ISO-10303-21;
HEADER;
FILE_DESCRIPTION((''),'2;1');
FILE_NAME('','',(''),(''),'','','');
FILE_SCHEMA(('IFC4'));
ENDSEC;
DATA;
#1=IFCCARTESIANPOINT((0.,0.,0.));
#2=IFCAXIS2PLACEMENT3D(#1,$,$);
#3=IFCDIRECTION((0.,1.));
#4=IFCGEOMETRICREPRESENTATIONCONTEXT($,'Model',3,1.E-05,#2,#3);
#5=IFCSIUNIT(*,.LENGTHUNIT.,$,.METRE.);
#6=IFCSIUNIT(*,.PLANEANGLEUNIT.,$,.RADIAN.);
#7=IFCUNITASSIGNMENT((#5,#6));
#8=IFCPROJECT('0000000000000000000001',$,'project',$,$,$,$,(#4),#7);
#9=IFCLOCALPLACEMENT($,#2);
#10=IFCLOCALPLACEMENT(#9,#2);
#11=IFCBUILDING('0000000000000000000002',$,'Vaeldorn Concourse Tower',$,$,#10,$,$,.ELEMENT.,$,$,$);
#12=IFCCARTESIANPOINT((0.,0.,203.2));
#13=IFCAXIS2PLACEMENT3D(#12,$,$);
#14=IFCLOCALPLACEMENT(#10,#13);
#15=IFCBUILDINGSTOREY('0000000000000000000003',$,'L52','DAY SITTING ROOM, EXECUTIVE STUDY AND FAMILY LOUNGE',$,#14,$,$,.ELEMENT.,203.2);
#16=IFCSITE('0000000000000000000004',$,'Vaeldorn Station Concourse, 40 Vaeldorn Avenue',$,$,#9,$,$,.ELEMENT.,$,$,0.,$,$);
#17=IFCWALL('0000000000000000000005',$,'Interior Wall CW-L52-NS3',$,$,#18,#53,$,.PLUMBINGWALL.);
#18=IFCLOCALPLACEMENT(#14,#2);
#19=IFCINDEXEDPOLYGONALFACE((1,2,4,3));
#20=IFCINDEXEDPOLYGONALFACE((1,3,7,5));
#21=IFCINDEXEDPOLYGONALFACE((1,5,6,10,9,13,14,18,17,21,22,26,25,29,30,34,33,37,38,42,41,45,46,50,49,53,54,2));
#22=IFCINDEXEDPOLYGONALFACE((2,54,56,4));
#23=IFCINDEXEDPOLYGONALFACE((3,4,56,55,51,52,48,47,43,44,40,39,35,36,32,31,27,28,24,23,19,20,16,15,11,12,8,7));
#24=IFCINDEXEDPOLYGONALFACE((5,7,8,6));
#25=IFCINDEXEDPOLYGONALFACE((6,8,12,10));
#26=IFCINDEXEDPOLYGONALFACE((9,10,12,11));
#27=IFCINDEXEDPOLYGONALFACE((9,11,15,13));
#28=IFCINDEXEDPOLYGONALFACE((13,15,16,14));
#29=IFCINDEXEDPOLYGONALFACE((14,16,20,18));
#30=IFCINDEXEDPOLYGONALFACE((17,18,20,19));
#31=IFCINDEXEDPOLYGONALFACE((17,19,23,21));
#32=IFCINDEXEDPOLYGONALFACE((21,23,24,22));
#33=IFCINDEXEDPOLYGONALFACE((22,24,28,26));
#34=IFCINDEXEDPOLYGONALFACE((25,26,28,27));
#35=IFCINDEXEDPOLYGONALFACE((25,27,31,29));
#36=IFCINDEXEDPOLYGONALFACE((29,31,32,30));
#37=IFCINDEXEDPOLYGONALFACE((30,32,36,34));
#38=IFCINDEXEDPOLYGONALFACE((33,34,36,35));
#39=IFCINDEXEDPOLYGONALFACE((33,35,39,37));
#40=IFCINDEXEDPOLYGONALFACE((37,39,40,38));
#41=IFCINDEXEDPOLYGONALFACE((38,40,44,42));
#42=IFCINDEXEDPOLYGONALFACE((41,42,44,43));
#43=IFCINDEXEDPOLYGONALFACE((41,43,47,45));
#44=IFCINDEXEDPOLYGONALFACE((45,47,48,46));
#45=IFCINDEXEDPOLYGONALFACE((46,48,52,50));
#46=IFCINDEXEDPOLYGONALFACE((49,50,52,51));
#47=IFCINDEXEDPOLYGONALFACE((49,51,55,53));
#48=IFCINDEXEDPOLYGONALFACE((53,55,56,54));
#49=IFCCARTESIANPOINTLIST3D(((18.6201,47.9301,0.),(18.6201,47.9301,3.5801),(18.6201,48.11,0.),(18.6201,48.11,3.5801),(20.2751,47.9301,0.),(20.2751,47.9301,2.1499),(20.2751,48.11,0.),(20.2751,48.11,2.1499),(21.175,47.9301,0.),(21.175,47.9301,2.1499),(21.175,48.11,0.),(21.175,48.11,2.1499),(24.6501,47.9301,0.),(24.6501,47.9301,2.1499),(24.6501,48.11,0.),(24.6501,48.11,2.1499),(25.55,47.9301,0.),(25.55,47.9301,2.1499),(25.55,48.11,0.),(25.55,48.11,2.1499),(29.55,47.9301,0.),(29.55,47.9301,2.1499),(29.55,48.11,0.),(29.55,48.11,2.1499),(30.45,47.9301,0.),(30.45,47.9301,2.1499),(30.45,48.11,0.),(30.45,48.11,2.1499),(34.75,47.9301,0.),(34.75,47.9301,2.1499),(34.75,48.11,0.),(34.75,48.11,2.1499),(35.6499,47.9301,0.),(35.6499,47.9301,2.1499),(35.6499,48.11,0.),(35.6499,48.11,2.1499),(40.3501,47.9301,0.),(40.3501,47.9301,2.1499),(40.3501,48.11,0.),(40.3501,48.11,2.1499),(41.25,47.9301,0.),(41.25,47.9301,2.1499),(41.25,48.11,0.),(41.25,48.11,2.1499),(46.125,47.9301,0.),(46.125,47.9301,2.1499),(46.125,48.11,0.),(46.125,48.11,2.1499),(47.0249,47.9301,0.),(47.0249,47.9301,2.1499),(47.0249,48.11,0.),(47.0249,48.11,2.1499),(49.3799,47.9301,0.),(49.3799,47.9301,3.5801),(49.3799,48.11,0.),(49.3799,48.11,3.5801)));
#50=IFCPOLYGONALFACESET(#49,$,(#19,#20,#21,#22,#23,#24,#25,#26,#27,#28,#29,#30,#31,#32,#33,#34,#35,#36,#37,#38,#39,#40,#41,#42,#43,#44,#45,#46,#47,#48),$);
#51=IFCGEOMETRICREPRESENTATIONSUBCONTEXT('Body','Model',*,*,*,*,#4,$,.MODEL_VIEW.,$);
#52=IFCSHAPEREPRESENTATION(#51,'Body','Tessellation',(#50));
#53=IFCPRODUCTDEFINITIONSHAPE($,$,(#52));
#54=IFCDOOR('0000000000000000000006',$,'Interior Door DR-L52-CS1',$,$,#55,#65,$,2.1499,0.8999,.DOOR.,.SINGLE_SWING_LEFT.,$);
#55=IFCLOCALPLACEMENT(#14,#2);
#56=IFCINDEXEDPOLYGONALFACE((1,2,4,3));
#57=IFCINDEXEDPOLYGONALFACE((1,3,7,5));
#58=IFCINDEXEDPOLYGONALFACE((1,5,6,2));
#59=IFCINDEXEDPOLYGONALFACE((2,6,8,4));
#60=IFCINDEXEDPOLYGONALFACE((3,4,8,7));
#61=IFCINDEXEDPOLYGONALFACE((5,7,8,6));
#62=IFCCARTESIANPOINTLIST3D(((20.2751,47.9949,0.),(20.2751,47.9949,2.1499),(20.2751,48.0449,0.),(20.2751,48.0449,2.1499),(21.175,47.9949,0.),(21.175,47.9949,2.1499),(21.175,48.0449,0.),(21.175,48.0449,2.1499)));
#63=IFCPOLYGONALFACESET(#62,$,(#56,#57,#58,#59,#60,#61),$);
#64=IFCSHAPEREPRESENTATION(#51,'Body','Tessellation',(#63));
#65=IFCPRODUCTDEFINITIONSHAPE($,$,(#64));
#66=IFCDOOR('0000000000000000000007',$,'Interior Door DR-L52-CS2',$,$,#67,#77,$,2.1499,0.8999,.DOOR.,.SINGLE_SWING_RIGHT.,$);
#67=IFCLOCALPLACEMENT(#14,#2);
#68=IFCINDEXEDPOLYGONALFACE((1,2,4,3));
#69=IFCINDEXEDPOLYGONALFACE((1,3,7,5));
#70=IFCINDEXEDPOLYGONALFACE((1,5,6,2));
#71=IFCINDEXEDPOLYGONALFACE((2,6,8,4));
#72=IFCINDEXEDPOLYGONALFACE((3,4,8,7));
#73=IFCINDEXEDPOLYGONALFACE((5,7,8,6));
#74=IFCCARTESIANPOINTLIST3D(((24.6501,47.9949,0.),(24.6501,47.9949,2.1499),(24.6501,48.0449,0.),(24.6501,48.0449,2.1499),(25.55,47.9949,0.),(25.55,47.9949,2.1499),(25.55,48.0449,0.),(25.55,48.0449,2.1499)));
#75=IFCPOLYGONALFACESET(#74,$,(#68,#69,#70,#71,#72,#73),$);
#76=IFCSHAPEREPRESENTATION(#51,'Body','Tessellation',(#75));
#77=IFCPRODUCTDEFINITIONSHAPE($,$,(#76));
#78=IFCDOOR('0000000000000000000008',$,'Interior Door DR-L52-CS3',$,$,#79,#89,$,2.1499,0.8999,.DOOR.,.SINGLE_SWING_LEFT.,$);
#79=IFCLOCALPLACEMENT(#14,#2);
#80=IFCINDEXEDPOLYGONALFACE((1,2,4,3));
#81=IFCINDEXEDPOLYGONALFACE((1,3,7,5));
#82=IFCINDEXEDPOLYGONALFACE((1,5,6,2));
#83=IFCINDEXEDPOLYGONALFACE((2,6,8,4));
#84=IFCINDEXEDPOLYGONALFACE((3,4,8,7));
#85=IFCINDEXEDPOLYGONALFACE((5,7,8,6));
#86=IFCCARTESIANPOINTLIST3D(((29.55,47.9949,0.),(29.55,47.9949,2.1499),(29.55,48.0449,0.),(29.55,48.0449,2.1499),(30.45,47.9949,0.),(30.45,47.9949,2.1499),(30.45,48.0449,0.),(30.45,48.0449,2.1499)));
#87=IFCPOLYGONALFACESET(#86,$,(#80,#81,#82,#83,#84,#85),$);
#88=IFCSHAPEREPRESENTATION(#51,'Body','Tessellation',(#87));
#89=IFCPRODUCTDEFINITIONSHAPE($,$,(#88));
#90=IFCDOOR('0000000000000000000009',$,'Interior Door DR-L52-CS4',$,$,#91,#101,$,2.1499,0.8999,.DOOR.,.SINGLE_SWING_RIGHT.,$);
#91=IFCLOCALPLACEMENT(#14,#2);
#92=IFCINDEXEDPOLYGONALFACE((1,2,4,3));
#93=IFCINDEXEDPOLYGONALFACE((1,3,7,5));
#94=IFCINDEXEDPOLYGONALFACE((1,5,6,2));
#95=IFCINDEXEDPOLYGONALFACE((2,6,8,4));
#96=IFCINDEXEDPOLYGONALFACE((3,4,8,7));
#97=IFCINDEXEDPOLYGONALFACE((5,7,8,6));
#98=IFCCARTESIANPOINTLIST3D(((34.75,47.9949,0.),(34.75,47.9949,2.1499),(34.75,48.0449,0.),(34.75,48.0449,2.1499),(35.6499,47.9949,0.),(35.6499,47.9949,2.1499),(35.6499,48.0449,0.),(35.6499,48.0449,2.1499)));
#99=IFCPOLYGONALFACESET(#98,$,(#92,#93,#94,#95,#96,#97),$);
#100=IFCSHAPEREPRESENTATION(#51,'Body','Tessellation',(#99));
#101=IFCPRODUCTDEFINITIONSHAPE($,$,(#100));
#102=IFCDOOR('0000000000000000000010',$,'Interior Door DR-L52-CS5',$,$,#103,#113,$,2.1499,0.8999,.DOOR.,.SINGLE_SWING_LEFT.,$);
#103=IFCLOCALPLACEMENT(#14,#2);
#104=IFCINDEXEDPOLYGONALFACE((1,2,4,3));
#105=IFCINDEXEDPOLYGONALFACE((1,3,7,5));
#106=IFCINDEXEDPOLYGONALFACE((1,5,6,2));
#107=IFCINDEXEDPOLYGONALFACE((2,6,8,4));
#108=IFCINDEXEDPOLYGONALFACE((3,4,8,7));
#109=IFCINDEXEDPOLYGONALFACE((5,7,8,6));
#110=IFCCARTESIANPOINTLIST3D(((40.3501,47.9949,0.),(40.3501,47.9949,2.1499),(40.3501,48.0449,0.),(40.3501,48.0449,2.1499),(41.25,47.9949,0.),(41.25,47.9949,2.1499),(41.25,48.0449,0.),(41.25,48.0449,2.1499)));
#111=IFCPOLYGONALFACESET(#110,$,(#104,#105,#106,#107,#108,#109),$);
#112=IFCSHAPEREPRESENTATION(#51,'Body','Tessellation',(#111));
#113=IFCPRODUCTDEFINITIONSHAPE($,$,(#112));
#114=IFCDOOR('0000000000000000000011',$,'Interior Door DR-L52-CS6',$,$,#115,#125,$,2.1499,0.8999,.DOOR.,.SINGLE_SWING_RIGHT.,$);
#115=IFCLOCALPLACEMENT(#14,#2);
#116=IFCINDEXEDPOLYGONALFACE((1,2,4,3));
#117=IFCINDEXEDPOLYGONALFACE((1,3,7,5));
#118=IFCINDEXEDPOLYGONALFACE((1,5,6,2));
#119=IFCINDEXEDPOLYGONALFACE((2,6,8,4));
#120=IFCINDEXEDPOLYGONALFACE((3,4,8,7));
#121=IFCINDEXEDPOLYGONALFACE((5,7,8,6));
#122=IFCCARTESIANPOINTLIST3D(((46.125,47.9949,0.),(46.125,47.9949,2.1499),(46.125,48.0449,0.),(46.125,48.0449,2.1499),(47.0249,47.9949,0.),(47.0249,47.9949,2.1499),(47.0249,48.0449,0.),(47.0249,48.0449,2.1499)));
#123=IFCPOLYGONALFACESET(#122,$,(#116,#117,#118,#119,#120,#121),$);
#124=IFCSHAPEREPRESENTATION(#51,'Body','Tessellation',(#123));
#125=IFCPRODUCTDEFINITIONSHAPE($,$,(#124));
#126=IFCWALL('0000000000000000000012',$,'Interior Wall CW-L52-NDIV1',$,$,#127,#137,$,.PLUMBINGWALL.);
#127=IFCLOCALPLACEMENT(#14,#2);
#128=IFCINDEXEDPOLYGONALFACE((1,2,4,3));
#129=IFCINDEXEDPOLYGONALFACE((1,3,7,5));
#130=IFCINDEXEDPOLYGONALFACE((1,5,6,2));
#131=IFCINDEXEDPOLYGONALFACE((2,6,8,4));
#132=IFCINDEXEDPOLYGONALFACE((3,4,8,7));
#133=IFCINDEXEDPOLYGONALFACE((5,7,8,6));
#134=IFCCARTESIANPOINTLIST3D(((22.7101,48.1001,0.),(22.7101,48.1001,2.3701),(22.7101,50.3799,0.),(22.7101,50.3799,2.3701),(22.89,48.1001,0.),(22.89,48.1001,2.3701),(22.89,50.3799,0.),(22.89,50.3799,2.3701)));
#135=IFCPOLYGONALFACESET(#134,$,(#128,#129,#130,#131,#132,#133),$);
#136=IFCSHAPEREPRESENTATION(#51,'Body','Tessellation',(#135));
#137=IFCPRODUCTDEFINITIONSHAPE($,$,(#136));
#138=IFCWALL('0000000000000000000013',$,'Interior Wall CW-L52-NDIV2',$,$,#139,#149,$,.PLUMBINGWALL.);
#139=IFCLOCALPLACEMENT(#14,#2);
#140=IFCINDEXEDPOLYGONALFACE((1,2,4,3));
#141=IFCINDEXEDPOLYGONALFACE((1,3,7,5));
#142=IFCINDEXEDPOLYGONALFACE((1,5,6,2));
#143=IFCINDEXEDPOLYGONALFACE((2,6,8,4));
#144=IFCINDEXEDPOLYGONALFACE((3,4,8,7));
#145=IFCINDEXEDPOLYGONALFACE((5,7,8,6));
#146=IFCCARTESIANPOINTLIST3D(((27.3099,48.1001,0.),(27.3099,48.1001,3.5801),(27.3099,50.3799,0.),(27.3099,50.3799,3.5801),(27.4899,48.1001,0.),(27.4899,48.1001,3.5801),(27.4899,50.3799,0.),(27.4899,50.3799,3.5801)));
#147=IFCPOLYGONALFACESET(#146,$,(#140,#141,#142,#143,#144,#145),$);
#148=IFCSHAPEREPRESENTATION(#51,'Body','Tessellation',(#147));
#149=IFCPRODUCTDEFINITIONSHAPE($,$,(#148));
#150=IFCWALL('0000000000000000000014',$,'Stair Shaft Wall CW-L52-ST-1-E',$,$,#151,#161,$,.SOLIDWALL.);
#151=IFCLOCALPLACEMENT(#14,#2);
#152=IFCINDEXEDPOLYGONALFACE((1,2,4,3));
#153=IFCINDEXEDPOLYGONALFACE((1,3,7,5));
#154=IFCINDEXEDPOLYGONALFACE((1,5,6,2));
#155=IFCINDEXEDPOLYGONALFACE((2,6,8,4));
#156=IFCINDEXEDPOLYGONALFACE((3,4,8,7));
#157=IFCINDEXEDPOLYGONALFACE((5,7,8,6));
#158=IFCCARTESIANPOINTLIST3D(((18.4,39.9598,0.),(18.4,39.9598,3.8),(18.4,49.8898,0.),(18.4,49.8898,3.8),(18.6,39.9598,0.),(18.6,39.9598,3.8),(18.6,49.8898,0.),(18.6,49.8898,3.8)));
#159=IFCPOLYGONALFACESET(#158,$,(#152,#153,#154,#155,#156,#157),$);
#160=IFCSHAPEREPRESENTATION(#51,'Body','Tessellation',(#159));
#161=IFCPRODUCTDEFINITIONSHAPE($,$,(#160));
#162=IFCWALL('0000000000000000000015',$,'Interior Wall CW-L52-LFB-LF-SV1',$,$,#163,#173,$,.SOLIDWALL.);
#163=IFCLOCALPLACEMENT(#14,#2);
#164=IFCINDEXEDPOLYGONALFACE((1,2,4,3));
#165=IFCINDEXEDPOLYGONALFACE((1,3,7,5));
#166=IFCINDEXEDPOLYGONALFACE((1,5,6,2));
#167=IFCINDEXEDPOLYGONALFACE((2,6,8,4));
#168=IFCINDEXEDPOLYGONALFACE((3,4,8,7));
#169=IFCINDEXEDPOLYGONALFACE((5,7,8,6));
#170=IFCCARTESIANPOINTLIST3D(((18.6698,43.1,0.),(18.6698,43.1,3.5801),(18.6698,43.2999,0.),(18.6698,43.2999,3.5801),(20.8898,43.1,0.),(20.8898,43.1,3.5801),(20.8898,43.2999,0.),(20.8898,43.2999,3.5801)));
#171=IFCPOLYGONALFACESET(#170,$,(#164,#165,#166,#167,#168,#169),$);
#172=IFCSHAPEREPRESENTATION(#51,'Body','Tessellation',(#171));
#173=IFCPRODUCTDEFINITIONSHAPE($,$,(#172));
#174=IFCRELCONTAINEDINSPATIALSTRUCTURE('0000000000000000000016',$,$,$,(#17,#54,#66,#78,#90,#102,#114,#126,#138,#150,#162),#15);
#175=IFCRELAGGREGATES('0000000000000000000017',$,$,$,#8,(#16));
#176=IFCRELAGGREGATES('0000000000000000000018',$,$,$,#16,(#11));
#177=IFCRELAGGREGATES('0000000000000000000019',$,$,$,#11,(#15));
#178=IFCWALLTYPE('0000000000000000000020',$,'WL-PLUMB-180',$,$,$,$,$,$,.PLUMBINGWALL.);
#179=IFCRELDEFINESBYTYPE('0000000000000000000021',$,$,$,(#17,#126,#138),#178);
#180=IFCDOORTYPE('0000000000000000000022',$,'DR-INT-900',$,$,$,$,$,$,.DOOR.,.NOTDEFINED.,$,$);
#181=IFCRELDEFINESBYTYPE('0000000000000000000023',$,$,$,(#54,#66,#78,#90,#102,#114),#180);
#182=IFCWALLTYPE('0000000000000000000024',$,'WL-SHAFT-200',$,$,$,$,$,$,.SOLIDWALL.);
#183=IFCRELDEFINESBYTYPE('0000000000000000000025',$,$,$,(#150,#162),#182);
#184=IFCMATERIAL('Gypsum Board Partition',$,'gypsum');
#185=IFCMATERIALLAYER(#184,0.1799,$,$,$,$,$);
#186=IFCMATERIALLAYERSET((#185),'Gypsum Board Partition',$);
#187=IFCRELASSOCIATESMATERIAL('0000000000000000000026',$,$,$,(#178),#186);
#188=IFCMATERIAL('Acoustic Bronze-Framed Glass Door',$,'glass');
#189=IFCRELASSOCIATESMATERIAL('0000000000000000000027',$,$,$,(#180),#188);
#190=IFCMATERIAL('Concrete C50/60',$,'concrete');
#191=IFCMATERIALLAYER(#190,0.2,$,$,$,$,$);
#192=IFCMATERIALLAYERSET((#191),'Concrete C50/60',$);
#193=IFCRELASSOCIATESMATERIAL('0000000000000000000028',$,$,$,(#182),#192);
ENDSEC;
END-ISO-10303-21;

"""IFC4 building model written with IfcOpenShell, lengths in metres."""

from ifc_helpers import new_model, si_unit, direction, frame, frame_2d, origin, place, context, subcontext, project, spatial, rectangle, extrude, source, transform, mapped, material, layer, layer_set, type_object, element, fill, save


model = new_model("IFC4")

# Units and contexts
model_context = context("Model", 3, precision=1e-05, world=origin(), true_north=direction((0.0, 1.0)))
body_context = subcontext(model_context, "Body", "Model", "MODEL_VIEW")
ifc_project = project(units=[si_unit("LENGTHUNIT", "METRE"), si_unit("PLANEANGLEUNIT", "RADIAN")], contexts=[model_context])

# Site, building, storey
site_placement = place(None, origin())
site = spatial("IfcSite", under=ifc_project, at=site_placement, Name="Vaeldorn Station Concourse, 40 Vaeldorn Avenue", CompositionType="ELEMENT", RefElevation=0.0)
building_placement = place(site_placement, origin())
building = spatial("IfcBuilding", under=site, at=building_placement, Name="Vaeldorn Concourse Tower", CompositionType="ELEMENT")
storey_placement = place(building_placement, frame((0.0, 0.0, 203.2)))
storey = spatial("IfcBuildingStorey", under=building, at=storey_placement, Name="L52", Description="DAY SITTING ROOM, EXECUTIVE STUDY AND FAMILY LOUNGE", CompositionType="ELEMENT", Elevation=203.2)

# Shared definitions
ifc_material_1 = material(Name="Gypsum Board Partition", Category="gypsum")

# Wall, openings, doors
ifc_layer_1 = layer(ifc_material_1, 0.1799)
ifc_layer_set_1 = layer_set([ifc_layer_1], Name="Gypsum Board Partition")
wall_type_1 = type_object("IfcWallType", Name="WL-PLUMB-180", PredefinedType="PLUMBINGWALL", material=ifc_layer_set_1)
wall_1_placement = place(storey_placement, frame((18.6201, 48.02, 0.0), z_axis=(0.0, 0.0, 1.0), x_axis=(1.0, 0.0, 0.0)))
wall_1 = element("IfcWall", 1, at=wall_1_placement, inside=storey, type_object=wall_type_1, Name="Interior Wall CW-L52-NS3", PredefinedType="PLUMBINGWALL", context=body_context, shape_type="SweptSolid", body=[
    extrude(rectangle(XDim=30.7598, YDim=0.1799, at=frame_2d((15.3799, 0.0))), origin(), (0.0, 0.0, 1.0), 3.5801),
])
opening_1_placement = place(wall_1_placement, frame((1.655, 0.0, 0.0)))
opening_1 = element("IfcOpeningElement", 2, at=opening_1_placement, cuts=wall_1, PredefinedType="OPENING", context=body_context, shape_type="SweptSolid", body=[
    extrude(rectangle(XDim=0.8999, YDim=2.1499, at=frame_2d((0.45, 1.075))), frame((0.0, 0.1001, 0.0), z_axis=(0.0, -1.0, 0.0), x_axis=(1.0, 0.0, 0.0)), (0.0, 0.0, 1.0), 0.2),
])
opening_2_placement = place(wall_1_placement, frame((6.03, 0.0, 0.0)))
opening_2 = element("IfcOpeningElement", 3, at=opening_2_placement, cuts=wall_1, PredefinedType="OPENING", context=body_context, shape_type="SweptSolid", body=[
    extrude(rectangle(XDim=0.8999, YDim=2.1499, at=frame_2d((0.45, 1.075))), frame((0.0, 0.1001, 0.0), z_axis=(0.0, -1.0, 0.0), x_axis=(1.0, 0.0, 0.0)), (0.0, 0.0, 1.0), 0.2),
])
opening_3_placement = place(wall_1_placement, frame((10.9299, 0.0, 0.0)))
opening_3 = element("IfcOpeningElement", 4, at=opening_3_placement, cuts=wall_1, PredefinedType="OPENING", context=body_context, shape_type="SweptSolid", body=[
    extrude(rectangle(XDim=0.8999, YDim=2.1499, at=frame_2d((0.45, 1.075))), frame((0.0, 0.1001, 0.0), z_axis=(0.0, -1.0, 0.0), x_axis=(1.0, 0.0, 0.0)), (0.0, 0.0, 1.0), 0.2),
])
opening_4_placement = place(wall_1_placement, frame((16.1299, 0.0, 0.0)))
opening_4 = element("IfcOpeningElement", 5, at=opening_4_placement, cuts=wall_1, PredefinedType="OPENING", context=body_context, shape_type="SweptSolid", body=[
    extrude(rectangle(XDim=0.8999, YDim=2.1499, at=frame_2d((0.45, 1.075))), frame((0.0, 0.1001, 0.0), z_axis=(0.0, -1.0, 0.0), x_axis=(1.0, 0.0, 0.0)), (0.0, 0.0, 1.0), 0.2),
])
opening_5_placement = place(wall_1_placement, frame((21.73, 0.0, 0.0)))
opening_5 = element("IfcOpeningElement", 6, at=opening_5_placement, cuts=wall_1, PredefinedType="OPENING", context=body_context, shape_type="SweptSolid", body=[
    extrude(rectangle(XDim=0.8999, YDim=2.1499, at=frame_2d((0.45, 1.075))), frame((0.0, 0.1001, 0.0), z_axis=(0.0, -1.0, 0.0), x_axis=(1.0, 0.0, 0.0)), (0.0, 0.0, 1.0), 0.2),
])
opening_6_placement = place(wall_1_placement, frame((27.5049, 0.0, 0.0)))
opening_6 = element("IfcOpeningElement", 7, at=opening_6_placement, cuts=wall_1, PredefinedType="OPENING", context=body_context, shape_type="SweptSolid", body=[
    extrude(rectangle(XDim=0.8999, YDim=2.1499, at=frame_2d((0.45, 1.075))), frame((0.0, 0.1001, 0.0), z_axis=(0.0, -1.0, 0.0), x_axis=(1.0, 0.0, 0.0)), (0.0, 0.0, 1.0), 0.2),
])
ifc_material_2 = material(Name="Acoustic Bronze-Framed Glass Door", Category="glass")
door_type_1 = type_object("IfcDoorType", Name="DR-INT-900", OperationType="NOTDEFINED", PredefinedType="DOOR", material=ifc_material_2)
shared_shape_1 = source(origin(), body_context, "Body", "SweptSolid", [
    extrude(rectangle(XDim=0.8999, YDim=2.1499, at=frame_2d((0.45, 1.075))), frame((0.0, 0.0249, 0.0), z_axis=(0.0, -1.0, 0.0), x_axis=(1.0, 0.0, 0.0)), (0.0, 0.0, 1.0), 0.05),
])
door_1_placement = place(opening_1_placement, origin())
door_1 = element("IfcDoor", 8, at=door_1_placement, inside=storey, type_object=door_type_1, Name="Interior Door DR-L52-CS1", OperationType="SINGLE_SWING_LEFT", OverallHeight=2.1499, OverallWidth=0.8999, PredefinedType="DOOR", context=body_context, shape_type="MappedRepresentation", body=[
    mapped(shared_shape_1, transform((0.0, 0.0, 0.0), scale=1.0)),
])
fill(opening_1, door_1)
door_2_placement = place(opening_2_placement, origin())
door_2 = element("IfcDoor", 9, at=door_2_placement, inside=storey, type_object=door_type_1, Name="Interior Door DR-L52-CS2", OperationType="SINGLE_SWING_RIGHT", OverallHeight=2.1499, OverallWidth=0.8999, PredefinedType="DOOR", context=body_context, shape_type="MappedRepresentation", body=[
    mapped(shared_shape_1, transform((0.0, 0.0, 0.0), scale=1.0)),
])
fill(opening_2, door_2)
door_3_placement = place(opening_3_placement, origin())
door_3 = element("IfcDoor", 10, at=door_3_placement, inside=storey, type_object=door_type_1, Name="Interior Door DR-L52-CS3", OperationType="SINGLE_SWING_LEFT", OverallHeight=2.1499, OverallWidth=0.8999, PredefinedType="DOOR", context=body_context, shape_type="MappedRepresentation", body=[
    mapped(shared_shape_1, transform((0.0, 0.0, 0.0), scale=1.0)),
])
fill(opening_3, door_3)
door_4_placement = place(opening_4_placement, origin())
door_4 = element("IfcDoor", 11, at=door_4_placement, inside=storey, type_object=door_type_1, Name="Interior Door DR-L52-CS4", OperationType="SINGLE_SWING_RIGHT", OverallHeight=2.1499, OverallWidth=0.8999, PredefinedType="DOOR", context=body_context, shape_type="MappedRepresentation", body=[
    mapped(shared_shape_1, transform((0.0, 0.0, 0.0), scale=1.0)),
])
fill(opening_4, door_4)
door_5_placement = place(opening_5_placement, origin())
door_5 = element("IfcDoor", 12, at=door_5_placement, inside=storey, type_object=door_type_1, Name="Interior Door DR-L52-CS5", OperationType="SINGLE_SWING_LEFT", OverallHeight=2.1499, OverallWidth=0.8999, PredefinedType="DOOR", context=body_context, shape_type="MappedRepresentation", body=[
    mapped(shared_shape_1, transform((0.0, 0.0, 0.0), scale=1.0)),
])
fill(opening_5, door_5)
door_6_placement = place(opening_6_placement, origin())
door_6 = element("IfcDoor", 13, at=door_6_placement, inside=storey, type_object=door_type_1, Name="Interior Door DR-L52-CS6", OperationType="SINGLE_SWING_RIGHT", OverallHeight=2.1499, OverallWidth=0.8999, PredefinedType="DOOR", context=body_context, shape_type="MappedRepresentation", body=[
    mapped(shared_shape_1, transform((0.0, 0.0, 0.0), scale=1.0)),
])
fill(opening_6, door_6)

# Walls
wall_2_placement = place(storey_placement, frame((22.8, 48.1001, 0.0), z_axis=(0.0, 0.0, 1.0), x_axis=(0.0, 1.0, 0.0)))
element("IfcWall", 14, at=wall_2_placement, inside=storey, type_object=wall_type_1, Name="Interior Wall CW-L52-NDIV1", PredefinedType="PLUMBINGWALL", context=body_context, shape_type="SweptSolid", body=[
    extrude(rectangle(XDim=2.2798, YDim=0.1799, at=frame_2d((1.1399, 0.0))), origin(), (0.0, 0.0, 1.0), 2.3701),
])
wall_3_placement = place(storey_placement, frame((27.3999, 48.1001, 0.0), z_axis=(0.0, 0.0, 1.0), x_axis=(0.0, 1.0, 0.0)))
element("IfcWall", 15, at=wall_3_placement, inside=storey, type_object=wall_type_1, Name="Interior Wall CW-L52-NDIV2", PredefinedType="PLUMBINGWALL", context=body_context, shape_type="SweptSolid", body=[
    extrude(rectangle(XDim=2.2798, YDim=0.1799, at=frame_2d((1.1399, 0.0))), origin(), (0.0, 0.0, 1.0), 3.5801),
])
ifc_material_3 = material(Name="Concrete C50/60", Category="concrete")
ifc_layer_2 = layer(ifc_material_3, 0.2)
ifc_layer_set_2 = layer_set([ifc_layer_2], Name="Concrete C50/60")
wall_type_2 = type_object("IfcWallType", Name="WL-SHAFT-200", PredefinedType="SOLIDWALL", material=ifc_layer_set_2)
wall_4_placement = place(storey_placement, frame((18.5, 39.96, 0.0), z_axis=(0.0, 0.0, 1.0), x_axis=(0.0, 1.0, 0.0)))
element("IfcWall", 16, at=wall_4_placement, inside=storey, type_object=wall_type_2, Name="Stair Shaft Wall CW-L52-ST-1-E", PredefinedType="SOLIDWALL", context=body_context, shape_type="SweptSolid", body=[
    extrude(rectangle(XDim=9.9299, YDim=0.2, at=frame_2d((4.9648, 0.0))), origin(), (0.0, 0.0, 1.0), 3.8),
])

# Wall
wall_5_placement = place(storey_placement, frame((18.6699, 43.2, 0.0), z_axis=(0.0, 0.0, 1.0), x_axis=(1.0, 0.0, 0.0)))
element("IfcWall", 17, at=wall_5_placement, inside=storey, type_object=wall_type_2, Name="Interior Wall CW-L52-LFB-LF-SV1", PredefinedType="SOLIDWALL", context=body_context, shape_type="SweptSolid", body=[
    extrude(rectangle(XDim=2.22, YDim=0.2, at=frame_2d((1.1099, 0.0))), origin(), (0.0, 0.0, 1.0), 3.5801),
])

save(model, "model.ifc")
